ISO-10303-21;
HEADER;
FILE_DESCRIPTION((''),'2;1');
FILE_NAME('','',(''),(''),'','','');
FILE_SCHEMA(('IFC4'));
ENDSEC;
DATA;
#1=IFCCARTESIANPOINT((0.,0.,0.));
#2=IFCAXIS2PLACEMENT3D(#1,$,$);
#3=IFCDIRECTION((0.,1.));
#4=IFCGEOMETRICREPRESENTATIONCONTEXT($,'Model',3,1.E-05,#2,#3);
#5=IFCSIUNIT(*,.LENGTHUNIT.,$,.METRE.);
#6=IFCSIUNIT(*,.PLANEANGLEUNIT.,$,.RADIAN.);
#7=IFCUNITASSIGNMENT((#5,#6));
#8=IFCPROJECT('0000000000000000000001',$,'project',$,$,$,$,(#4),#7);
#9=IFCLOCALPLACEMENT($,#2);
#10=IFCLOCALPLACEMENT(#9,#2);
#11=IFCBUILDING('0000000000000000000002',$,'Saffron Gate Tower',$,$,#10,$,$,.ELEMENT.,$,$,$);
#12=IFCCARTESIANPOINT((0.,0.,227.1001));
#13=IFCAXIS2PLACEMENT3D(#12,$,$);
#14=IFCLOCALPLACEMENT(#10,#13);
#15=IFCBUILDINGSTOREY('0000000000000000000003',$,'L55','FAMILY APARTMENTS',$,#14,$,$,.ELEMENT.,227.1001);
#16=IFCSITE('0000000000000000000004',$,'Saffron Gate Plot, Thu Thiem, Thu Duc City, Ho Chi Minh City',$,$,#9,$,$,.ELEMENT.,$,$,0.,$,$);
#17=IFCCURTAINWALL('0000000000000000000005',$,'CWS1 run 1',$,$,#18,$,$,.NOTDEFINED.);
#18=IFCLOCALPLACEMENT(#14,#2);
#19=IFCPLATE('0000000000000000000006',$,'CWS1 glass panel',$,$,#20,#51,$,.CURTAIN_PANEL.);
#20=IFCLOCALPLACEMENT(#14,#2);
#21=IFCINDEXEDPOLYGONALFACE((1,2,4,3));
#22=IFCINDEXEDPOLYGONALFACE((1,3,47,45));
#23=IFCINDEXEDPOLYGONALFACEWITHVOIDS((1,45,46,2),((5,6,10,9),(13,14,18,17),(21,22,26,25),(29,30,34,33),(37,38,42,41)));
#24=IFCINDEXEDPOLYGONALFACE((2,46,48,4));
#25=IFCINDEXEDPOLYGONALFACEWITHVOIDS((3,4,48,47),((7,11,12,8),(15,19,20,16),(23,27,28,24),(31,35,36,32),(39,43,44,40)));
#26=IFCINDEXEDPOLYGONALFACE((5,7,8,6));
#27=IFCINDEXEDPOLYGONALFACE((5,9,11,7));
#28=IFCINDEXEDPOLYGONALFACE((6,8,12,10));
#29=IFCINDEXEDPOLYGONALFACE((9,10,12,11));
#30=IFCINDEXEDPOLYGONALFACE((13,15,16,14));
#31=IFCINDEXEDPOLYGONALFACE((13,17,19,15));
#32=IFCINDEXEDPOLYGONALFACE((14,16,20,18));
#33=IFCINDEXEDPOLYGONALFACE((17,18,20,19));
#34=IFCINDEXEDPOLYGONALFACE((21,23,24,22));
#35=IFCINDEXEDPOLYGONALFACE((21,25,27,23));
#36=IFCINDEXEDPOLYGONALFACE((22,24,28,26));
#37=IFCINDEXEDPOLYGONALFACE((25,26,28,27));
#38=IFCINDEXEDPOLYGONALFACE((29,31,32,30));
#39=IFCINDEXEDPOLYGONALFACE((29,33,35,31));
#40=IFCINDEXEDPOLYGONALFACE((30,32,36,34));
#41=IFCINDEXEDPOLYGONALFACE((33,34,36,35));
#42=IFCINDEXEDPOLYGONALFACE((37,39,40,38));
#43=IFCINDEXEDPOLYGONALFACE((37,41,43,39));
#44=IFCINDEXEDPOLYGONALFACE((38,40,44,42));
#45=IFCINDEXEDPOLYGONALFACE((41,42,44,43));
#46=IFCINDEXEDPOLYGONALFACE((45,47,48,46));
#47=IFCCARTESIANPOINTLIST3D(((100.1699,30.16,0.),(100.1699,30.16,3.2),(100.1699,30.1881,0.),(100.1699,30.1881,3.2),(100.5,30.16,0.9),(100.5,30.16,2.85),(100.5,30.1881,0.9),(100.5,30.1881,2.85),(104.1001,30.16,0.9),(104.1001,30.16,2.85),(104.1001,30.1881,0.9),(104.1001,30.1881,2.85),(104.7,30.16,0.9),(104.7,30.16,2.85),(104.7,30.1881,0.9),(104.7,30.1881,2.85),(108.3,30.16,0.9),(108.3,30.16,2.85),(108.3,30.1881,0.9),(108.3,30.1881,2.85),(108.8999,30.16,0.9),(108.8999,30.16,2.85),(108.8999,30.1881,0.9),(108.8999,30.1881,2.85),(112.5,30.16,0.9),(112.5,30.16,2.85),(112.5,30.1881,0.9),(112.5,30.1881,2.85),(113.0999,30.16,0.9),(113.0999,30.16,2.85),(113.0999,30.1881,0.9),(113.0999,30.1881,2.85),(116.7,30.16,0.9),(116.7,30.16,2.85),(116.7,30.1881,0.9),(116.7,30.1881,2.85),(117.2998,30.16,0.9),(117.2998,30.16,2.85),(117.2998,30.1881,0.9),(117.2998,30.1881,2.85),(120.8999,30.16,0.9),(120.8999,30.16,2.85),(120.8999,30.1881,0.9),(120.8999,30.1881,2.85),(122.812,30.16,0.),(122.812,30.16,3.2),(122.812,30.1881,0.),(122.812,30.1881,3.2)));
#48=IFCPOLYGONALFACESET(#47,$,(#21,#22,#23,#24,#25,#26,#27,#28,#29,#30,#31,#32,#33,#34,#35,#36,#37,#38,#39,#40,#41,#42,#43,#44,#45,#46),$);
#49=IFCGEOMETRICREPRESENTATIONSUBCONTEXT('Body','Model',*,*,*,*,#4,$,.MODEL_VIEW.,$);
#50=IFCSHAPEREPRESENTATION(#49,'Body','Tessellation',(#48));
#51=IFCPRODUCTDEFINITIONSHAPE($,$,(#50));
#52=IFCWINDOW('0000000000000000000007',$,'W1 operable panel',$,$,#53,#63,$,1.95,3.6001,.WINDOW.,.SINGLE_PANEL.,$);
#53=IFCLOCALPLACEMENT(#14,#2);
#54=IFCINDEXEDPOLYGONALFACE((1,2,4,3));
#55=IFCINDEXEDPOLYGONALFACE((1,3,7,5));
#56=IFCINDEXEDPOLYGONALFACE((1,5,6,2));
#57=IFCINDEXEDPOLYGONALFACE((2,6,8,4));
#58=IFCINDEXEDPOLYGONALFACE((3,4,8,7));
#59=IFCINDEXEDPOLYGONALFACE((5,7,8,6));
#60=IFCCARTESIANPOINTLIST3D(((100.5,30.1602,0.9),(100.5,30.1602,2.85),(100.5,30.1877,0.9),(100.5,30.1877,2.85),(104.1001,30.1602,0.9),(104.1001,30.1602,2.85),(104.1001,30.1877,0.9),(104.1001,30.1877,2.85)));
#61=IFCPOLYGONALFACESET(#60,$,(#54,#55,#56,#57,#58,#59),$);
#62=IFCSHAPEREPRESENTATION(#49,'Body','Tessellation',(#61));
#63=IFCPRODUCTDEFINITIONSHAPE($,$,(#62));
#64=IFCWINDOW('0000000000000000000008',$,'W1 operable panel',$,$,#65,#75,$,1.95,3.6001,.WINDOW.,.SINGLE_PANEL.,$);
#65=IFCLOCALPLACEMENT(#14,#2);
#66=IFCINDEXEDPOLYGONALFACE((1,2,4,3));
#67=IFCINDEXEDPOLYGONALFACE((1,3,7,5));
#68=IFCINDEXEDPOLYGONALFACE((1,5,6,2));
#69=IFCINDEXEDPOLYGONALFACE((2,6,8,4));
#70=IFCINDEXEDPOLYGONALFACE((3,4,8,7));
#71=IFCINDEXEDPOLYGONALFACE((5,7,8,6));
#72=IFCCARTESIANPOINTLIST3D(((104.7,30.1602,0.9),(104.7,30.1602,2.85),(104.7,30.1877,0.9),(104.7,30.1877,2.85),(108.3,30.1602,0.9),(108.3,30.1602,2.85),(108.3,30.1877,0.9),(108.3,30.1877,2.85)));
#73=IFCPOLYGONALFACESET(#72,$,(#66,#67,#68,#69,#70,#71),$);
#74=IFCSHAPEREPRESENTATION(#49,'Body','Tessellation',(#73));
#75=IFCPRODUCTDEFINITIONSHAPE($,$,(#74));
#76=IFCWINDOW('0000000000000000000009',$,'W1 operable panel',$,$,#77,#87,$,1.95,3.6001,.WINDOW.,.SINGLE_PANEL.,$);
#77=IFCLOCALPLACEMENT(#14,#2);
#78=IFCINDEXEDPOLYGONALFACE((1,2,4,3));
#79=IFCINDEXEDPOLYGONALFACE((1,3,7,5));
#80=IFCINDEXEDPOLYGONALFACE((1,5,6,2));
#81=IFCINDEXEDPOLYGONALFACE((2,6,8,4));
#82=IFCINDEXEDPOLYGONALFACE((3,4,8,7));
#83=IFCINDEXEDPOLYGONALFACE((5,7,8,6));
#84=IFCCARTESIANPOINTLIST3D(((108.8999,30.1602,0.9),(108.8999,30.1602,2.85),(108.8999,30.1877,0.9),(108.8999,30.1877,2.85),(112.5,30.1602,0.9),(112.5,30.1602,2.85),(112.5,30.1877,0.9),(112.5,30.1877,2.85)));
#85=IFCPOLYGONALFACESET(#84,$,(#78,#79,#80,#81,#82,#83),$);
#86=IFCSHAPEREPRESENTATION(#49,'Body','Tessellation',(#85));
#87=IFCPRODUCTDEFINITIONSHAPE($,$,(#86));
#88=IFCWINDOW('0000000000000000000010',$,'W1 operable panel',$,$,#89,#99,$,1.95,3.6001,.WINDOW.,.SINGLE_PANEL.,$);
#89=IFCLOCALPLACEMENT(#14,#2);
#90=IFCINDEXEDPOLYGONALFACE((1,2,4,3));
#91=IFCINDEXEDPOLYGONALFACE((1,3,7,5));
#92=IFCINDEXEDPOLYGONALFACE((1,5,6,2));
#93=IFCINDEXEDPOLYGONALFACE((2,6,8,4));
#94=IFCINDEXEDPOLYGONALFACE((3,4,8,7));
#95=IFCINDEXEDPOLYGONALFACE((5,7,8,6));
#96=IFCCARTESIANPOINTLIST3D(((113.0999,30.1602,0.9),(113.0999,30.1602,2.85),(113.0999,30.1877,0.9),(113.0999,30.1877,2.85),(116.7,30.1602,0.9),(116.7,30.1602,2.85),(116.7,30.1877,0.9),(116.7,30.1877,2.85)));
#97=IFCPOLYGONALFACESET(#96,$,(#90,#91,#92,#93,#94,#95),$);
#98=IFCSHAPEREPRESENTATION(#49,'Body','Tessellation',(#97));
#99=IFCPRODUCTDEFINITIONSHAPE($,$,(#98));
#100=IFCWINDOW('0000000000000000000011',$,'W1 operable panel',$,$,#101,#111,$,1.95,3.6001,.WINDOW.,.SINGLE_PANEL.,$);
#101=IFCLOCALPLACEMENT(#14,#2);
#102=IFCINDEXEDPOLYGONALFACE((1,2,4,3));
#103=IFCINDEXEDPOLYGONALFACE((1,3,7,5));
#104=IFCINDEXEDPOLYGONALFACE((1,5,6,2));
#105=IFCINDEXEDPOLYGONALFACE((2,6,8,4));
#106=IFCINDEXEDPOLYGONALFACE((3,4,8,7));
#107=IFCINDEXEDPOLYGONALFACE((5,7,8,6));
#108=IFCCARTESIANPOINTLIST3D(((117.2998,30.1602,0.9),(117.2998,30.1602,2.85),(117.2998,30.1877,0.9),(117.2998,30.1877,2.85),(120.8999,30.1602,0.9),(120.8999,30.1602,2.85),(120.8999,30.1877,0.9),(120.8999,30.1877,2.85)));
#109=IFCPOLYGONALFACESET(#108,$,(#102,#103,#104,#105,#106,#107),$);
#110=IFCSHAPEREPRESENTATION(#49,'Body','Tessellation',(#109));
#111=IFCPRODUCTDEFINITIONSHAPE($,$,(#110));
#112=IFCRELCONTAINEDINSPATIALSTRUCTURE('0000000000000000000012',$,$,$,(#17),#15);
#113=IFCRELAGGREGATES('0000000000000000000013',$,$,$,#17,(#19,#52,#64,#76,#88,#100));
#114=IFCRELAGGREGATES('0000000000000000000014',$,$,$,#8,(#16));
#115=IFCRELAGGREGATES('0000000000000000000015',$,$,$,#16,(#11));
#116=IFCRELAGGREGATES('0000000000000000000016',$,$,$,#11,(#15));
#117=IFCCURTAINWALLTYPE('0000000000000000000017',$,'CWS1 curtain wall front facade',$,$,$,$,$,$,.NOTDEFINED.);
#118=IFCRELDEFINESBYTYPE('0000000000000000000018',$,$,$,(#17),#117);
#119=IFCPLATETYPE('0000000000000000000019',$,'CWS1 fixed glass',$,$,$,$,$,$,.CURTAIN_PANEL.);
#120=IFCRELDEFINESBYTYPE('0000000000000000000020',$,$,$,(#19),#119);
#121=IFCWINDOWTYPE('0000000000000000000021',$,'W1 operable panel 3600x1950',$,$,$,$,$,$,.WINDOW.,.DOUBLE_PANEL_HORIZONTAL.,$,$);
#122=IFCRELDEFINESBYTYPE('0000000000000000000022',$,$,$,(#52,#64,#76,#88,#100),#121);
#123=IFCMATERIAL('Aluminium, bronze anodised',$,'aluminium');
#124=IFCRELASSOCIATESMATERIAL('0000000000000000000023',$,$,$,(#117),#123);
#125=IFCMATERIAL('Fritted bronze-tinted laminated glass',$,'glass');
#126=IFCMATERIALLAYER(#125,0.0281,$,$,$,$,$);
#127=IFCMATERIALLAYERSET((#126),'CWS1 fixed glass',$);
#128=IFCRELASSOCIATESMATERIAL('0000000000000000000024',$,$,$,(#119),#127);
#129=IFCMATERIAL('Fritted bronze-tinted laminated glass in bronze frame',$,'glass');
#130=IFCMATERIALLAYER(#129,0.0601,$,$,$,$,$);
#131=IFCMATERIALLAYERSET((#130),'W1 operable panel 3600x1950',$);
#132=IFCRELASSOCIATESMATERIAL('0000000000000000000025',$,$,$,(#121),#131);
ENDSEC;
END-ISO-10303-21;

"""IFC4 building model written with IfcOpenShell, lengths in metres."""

from ifc_helpers import new_model, si_unit, direction, frame, frame_2d, origin, place, context, subcontext, project, spatial, rectangle, extrude, material, layer, layer_set, type_object, element, fill, aggregate, save


model = new_model("IFC4")

# Units and contexts
model_context = context("Model", 3, precision=1e-05, world=origin(), true_north=direction((0.0, 1.0)))
body_context = subcontext(model_context, "Body", "Model", "MODEL_VIEW")
ifc_project = project(units=[si_unit("LENGTHUNIT", "METRE"), si_unit("PLANEANGLEUNIT", "RADIAN")], contexts=[model_context])

# Site, building, storey
site_placement = place(None, origin())
site = spatial("IfcSite", under=ifc_project, at=site_placement, Name="Saffron Gate Plot, Thu Thiem, Thu Duc City, Ho Chi Minh City", CompositionType="ELEMENT", RefElevation=0.0)
building_placement = place(site_placement, origin())
building = spatial("IfcBuilding", under=site, at=building_placement, Name="Saffron Gate Tower", CompositionType="ELEMENT")
storey_placement = place(building_placement, frame((0.0, 0.0, 227.1001)))
storey = spatial("IfcBuildingStorey", under=building, at=storey_placement, Name="L55", Description="FAMILY APARTMENTS", CompositionType="ELEMENT", Elevation=227.1001)

# Curtain wall, plate, openings, windows
ifc_material_1 = material(Name="Aluminium, bronze anodised", Category="aluminium")
curtain_wall_type = type_object("IfcCurtainWallType", Name="CWS1 curtain wall front facade", PredefinedType="NOTDEFINED", material=ifc_material_1)
curtain_wall_placement = place(storey_placement, origin())
curtain_wall = element("IfcCurtainWall", 1, at=curtain_wall_placement, inside=storey, type_object=curtain_wall_type, Name="CWS1 run 1", PredefinedType="NOTDEFINED")
ifc_material_2 = material(Name="Fritted bronze-tinted laminated glass", Category="glass")
ifc_layer_1 = layer(ifc_material_2, 0.0281)
ifc_layer_set_1 = layer_set([ifc_layer_1], Name="CWS1 fixed glass")
plate_type = type_object("IfcPlateType", Name="CWS1 fixed glass", PredefinedType="CURTAIN_PANEL", material=ifc_layer_set_1)
plate_placement = place(storey_placement, frame((100.1699, 30.1741, 0.0), z_axis=(0.0, 0.0, 1.0), x_axis=(1.0, 0.0, 0.0)))
plate = element("IfcPlate", 2, at=plate_placement, type_object=plate_type, Name="CWS1 glass panel", PredefinedType="CURTAIN_PANEL", context=body_context, shape_type="SweptSolid", body=[
    extrude(rectangle(XDim=22.6421, YDim=0.0281, at=frame_2d((11.321, 0.0))), origin(), (0.0, 0.0, 1.0), 3.2),
])
opening_1_placement = place(plate_placement, frame((0.3301, 0.0, 0.8999)))
opening_1 = element("IfcOpeningElement", 3, at=opening_1_placement, cuts=plate, PredefinedType="OPENING", context=body_context, shape_type="SweptSolid", body=[
    extrude(rectangle(XDim=3.6001, YDim=1.95, at=frame_2d((1.8, 0.9751))), frame((0.0, 0.0239, 0.0), z_axis=(0.0, -1.0, 0.0), x_axis=(1.0, 0.0, 0.0)), (0.0, 0.0, 1.0), 0.0481),
])
opening_2_placement = place(plate_placement, frame((4.53, 0.0, 0.8999)))
opening_2 = element("IfcOpeningElement", 4, at=opening_2_placement, cuts=plate, PredefinedType="OPENING", context=body_context, shape_type="SweptSolid", body=[
    extrude(rectangle(XDim=3.6001, YDim=1.95, at=frame_2d((1.8, 0.9751))), frame((0.0, 0.0239, 0.0), z_axis=(0.0, -1.0, 0.0), x_axis=(1.0, 0.0, 0.0)), (0.0, 0.0, 1.0), 0.0481),
])
opening_3_placement = place(plate_placement, frame((8.73, 0.0, 0.8999)))
opening_3 = element("IfcOpeningElement", 5, at=opening_3_placement, cuts=plate, PredefinedType="OPENING", context=body_context, shape_type="SweptSolid", body=[
    extrude(rectangle(XDim=3.6001, YDim=1.95, at=frame_2d((1.8, 0.9751))), frame((0.0, 0.0239, 0.0), z_axis=(0.0, -1.0, 0.0), x_axis=(1.0, 0.0, 0.0)), (0.0, 0.0, 1.0), 0.0481),
])
opening_4_placement = place(plate_placement, frame((12.9299, 0.0, 0.8999)))
opening_4 = element("IfcOpeningElement", 6, at=opening_4_placement, cuts=plate, PredefinedType="OPENING", context=body_context, shape_type="SweptSolid", body=[
    extrude(rectangle(XDim=3.6001, YDim=1.95, at=frame_2d((1.8, 0.9751))), frame((0.0, 0.0239, 0.0), z_axis=(0.0, -1.0, 0.0), x_axis=(1.0, 0.0, 0.0)), (0.0, 0.0, 1.0), 0.0481),
])
opening_5_placement = place(plate_placement, frame((17.1299, 0.0, 0.8999)))
opening_5 = element("IfcOpeningElement", 7, at=opening_5_placement, cuts=plate, PredefinedType="OPENING", context=body_context, shape_type="SweptSolid", body=[
    extrude(rectangle(XDim=3.6001, YDim=1.95, at=frame_2d((1.8, 0.9751))), frame((0.0, 0.0239, 0.0), z_axis=(0.0, -1.0, 0.0), x_axis=(1.0, 0.0, 0.0)), (0.0, 0.0, 1.0), 0.0481),
])
ifc_material_3 = material(Name="Fritted bronze-tinted laminated glass in bronze frame", Category="glass")
ifc_layer_2 = layer(ifc_material_3, 0.0601)
ifc_layer_set_2 = layer_set([ifc_layer_2], Name="W1 operable panel 3600x1950")
window_type = type_object("IfcWindowType", Name="W1 operable panel 3600x1950", PartitioningType="DOUBLE_PANEL_HORIZONTAL", PredefinedType="WINDOW", material=ifc_layer_set_2)
window_1_placement = place(opening_1_placement, origin())
window_1 = element("IfcWindow", 8, at=window_1_placement, type_object=window_type, Name="W1 operable panel", OverallHeight=1.95, OverallWidth=3.6001, PartitioningType="SINGLE_PANEL", PredefinedType="WINDOW", context=body_context, shape_type="SweptSolid", body=[
    extrude(rectangle(XDim=3.6001, YDim=1.95, at=frame_2d((1.8, 0.9751))), frame((0.0, 0.0137, 0.0), z_axis=(0.0, -1.0, 0.0), x_axis=(1.0, 0.0, 0.0)), (0.0, 0.0, 1.0), 0.0276),
])
fill(opening_1, window_1)
window_2_placement = place(opening_2_placement, origin())
window_2 = element("IfcWindow", 9, at=window_2_placement, type_object=window_type, Name="W1 operable panel", OverallHeight=1.95, OverallWidth=3.6001, PartitioningType="SINGLE_PANEL", PredefinedType="WINDOW", context=body_context, shape_type="SweptSolid", body=[
    extrude(rectangle(XDim=3.6001, YDim=1.95, at=frame_2d((1.8, 0.9751))), frame((0.0, 0.0137, 0.0), z_axis=(0.0, -1.0, 0.0), x_axis=(1.0, 0.0, 0.0)), (0.0, 0.0, 1.0), 0.0276),
])
fill(opening_2, window_2)
window_3_placement = place(opening_3_placement, origin())
window_3 = element("IfcWindow", 10, at=window_3_placement, type_object=window_type, Name="W1 operable panel", OverallHeight=1.95, OverallWidth=3.6001, PartitioningType="SINGLE_PANEL", PredefinedType="WINDOW", context=body_context, shape_type="SweptSolid", body=[
    extrude(rectangle(XDim=3.6001, YDim=1.95, at=frame_2d((1.8, 0.9751))), frame((0.0, 0.0137, 0.0), z_axis=(0.0, -1.0, 0.0), x_axis=(1.0, 0.0, 0.0)), (0.0, 0.0, 1.0), 0.0276),
])
fill(opening_3, window_3)
window_4_placement = place(opening_4_placement, origin())
window_4 = element("IfcWindow", 11, at=window_4_placement, type_object=window_type, Name="W1 operable panel", OverallHeight=1.95, OverallWidth=3.6001, PartitioningType="SINGLE_PANEL", PredefinedType="WINDOW", context=body_context, shape_type="SweptSolid", body=[
    extrude(rectangle(XDim=3.6001, YDim=1.95, at=frame_2d((1.8, 0.9751))), frame((0.0, 0.0137, 0.0), z_axis=(0.0, -1.0, 0.0), x_axis=(1.0, 0.0, 0.0)), (0.0, 0.0, 1.0), 0.0276),
])
fill(opening_4, window_4)
window_5_placement = place(opening_5_placement, origin())
window_5 = element("IfcWindow", 12, at=window_5_placement, type_object=window_type, Name="W1 operable panel", OverallHeight=1.95, OverallWidth=3.6001, PartitioningType="SINGLE_PANEL", PredefinedType="WINDOW", context=body_context, shape_type="SweptSolid", body=[
    extrude(rectangle(XDim=3.6001, YDim=1.95, at=frame_2d((1.8, 0.9751))), frame((0.0, 0.0137, 0.0), z_axis=(0.0, -1.0, 0.0), x_axis=(1.0, 0.0, 0.0)), (0.0, 0.0, 1.0), 0.0276),
])
fill(opening_5, window_5)
aggregate(curtain_wall, [plate, window_1, window_2, window_3, window_4, window_5])

save(model, "model.ifc")
